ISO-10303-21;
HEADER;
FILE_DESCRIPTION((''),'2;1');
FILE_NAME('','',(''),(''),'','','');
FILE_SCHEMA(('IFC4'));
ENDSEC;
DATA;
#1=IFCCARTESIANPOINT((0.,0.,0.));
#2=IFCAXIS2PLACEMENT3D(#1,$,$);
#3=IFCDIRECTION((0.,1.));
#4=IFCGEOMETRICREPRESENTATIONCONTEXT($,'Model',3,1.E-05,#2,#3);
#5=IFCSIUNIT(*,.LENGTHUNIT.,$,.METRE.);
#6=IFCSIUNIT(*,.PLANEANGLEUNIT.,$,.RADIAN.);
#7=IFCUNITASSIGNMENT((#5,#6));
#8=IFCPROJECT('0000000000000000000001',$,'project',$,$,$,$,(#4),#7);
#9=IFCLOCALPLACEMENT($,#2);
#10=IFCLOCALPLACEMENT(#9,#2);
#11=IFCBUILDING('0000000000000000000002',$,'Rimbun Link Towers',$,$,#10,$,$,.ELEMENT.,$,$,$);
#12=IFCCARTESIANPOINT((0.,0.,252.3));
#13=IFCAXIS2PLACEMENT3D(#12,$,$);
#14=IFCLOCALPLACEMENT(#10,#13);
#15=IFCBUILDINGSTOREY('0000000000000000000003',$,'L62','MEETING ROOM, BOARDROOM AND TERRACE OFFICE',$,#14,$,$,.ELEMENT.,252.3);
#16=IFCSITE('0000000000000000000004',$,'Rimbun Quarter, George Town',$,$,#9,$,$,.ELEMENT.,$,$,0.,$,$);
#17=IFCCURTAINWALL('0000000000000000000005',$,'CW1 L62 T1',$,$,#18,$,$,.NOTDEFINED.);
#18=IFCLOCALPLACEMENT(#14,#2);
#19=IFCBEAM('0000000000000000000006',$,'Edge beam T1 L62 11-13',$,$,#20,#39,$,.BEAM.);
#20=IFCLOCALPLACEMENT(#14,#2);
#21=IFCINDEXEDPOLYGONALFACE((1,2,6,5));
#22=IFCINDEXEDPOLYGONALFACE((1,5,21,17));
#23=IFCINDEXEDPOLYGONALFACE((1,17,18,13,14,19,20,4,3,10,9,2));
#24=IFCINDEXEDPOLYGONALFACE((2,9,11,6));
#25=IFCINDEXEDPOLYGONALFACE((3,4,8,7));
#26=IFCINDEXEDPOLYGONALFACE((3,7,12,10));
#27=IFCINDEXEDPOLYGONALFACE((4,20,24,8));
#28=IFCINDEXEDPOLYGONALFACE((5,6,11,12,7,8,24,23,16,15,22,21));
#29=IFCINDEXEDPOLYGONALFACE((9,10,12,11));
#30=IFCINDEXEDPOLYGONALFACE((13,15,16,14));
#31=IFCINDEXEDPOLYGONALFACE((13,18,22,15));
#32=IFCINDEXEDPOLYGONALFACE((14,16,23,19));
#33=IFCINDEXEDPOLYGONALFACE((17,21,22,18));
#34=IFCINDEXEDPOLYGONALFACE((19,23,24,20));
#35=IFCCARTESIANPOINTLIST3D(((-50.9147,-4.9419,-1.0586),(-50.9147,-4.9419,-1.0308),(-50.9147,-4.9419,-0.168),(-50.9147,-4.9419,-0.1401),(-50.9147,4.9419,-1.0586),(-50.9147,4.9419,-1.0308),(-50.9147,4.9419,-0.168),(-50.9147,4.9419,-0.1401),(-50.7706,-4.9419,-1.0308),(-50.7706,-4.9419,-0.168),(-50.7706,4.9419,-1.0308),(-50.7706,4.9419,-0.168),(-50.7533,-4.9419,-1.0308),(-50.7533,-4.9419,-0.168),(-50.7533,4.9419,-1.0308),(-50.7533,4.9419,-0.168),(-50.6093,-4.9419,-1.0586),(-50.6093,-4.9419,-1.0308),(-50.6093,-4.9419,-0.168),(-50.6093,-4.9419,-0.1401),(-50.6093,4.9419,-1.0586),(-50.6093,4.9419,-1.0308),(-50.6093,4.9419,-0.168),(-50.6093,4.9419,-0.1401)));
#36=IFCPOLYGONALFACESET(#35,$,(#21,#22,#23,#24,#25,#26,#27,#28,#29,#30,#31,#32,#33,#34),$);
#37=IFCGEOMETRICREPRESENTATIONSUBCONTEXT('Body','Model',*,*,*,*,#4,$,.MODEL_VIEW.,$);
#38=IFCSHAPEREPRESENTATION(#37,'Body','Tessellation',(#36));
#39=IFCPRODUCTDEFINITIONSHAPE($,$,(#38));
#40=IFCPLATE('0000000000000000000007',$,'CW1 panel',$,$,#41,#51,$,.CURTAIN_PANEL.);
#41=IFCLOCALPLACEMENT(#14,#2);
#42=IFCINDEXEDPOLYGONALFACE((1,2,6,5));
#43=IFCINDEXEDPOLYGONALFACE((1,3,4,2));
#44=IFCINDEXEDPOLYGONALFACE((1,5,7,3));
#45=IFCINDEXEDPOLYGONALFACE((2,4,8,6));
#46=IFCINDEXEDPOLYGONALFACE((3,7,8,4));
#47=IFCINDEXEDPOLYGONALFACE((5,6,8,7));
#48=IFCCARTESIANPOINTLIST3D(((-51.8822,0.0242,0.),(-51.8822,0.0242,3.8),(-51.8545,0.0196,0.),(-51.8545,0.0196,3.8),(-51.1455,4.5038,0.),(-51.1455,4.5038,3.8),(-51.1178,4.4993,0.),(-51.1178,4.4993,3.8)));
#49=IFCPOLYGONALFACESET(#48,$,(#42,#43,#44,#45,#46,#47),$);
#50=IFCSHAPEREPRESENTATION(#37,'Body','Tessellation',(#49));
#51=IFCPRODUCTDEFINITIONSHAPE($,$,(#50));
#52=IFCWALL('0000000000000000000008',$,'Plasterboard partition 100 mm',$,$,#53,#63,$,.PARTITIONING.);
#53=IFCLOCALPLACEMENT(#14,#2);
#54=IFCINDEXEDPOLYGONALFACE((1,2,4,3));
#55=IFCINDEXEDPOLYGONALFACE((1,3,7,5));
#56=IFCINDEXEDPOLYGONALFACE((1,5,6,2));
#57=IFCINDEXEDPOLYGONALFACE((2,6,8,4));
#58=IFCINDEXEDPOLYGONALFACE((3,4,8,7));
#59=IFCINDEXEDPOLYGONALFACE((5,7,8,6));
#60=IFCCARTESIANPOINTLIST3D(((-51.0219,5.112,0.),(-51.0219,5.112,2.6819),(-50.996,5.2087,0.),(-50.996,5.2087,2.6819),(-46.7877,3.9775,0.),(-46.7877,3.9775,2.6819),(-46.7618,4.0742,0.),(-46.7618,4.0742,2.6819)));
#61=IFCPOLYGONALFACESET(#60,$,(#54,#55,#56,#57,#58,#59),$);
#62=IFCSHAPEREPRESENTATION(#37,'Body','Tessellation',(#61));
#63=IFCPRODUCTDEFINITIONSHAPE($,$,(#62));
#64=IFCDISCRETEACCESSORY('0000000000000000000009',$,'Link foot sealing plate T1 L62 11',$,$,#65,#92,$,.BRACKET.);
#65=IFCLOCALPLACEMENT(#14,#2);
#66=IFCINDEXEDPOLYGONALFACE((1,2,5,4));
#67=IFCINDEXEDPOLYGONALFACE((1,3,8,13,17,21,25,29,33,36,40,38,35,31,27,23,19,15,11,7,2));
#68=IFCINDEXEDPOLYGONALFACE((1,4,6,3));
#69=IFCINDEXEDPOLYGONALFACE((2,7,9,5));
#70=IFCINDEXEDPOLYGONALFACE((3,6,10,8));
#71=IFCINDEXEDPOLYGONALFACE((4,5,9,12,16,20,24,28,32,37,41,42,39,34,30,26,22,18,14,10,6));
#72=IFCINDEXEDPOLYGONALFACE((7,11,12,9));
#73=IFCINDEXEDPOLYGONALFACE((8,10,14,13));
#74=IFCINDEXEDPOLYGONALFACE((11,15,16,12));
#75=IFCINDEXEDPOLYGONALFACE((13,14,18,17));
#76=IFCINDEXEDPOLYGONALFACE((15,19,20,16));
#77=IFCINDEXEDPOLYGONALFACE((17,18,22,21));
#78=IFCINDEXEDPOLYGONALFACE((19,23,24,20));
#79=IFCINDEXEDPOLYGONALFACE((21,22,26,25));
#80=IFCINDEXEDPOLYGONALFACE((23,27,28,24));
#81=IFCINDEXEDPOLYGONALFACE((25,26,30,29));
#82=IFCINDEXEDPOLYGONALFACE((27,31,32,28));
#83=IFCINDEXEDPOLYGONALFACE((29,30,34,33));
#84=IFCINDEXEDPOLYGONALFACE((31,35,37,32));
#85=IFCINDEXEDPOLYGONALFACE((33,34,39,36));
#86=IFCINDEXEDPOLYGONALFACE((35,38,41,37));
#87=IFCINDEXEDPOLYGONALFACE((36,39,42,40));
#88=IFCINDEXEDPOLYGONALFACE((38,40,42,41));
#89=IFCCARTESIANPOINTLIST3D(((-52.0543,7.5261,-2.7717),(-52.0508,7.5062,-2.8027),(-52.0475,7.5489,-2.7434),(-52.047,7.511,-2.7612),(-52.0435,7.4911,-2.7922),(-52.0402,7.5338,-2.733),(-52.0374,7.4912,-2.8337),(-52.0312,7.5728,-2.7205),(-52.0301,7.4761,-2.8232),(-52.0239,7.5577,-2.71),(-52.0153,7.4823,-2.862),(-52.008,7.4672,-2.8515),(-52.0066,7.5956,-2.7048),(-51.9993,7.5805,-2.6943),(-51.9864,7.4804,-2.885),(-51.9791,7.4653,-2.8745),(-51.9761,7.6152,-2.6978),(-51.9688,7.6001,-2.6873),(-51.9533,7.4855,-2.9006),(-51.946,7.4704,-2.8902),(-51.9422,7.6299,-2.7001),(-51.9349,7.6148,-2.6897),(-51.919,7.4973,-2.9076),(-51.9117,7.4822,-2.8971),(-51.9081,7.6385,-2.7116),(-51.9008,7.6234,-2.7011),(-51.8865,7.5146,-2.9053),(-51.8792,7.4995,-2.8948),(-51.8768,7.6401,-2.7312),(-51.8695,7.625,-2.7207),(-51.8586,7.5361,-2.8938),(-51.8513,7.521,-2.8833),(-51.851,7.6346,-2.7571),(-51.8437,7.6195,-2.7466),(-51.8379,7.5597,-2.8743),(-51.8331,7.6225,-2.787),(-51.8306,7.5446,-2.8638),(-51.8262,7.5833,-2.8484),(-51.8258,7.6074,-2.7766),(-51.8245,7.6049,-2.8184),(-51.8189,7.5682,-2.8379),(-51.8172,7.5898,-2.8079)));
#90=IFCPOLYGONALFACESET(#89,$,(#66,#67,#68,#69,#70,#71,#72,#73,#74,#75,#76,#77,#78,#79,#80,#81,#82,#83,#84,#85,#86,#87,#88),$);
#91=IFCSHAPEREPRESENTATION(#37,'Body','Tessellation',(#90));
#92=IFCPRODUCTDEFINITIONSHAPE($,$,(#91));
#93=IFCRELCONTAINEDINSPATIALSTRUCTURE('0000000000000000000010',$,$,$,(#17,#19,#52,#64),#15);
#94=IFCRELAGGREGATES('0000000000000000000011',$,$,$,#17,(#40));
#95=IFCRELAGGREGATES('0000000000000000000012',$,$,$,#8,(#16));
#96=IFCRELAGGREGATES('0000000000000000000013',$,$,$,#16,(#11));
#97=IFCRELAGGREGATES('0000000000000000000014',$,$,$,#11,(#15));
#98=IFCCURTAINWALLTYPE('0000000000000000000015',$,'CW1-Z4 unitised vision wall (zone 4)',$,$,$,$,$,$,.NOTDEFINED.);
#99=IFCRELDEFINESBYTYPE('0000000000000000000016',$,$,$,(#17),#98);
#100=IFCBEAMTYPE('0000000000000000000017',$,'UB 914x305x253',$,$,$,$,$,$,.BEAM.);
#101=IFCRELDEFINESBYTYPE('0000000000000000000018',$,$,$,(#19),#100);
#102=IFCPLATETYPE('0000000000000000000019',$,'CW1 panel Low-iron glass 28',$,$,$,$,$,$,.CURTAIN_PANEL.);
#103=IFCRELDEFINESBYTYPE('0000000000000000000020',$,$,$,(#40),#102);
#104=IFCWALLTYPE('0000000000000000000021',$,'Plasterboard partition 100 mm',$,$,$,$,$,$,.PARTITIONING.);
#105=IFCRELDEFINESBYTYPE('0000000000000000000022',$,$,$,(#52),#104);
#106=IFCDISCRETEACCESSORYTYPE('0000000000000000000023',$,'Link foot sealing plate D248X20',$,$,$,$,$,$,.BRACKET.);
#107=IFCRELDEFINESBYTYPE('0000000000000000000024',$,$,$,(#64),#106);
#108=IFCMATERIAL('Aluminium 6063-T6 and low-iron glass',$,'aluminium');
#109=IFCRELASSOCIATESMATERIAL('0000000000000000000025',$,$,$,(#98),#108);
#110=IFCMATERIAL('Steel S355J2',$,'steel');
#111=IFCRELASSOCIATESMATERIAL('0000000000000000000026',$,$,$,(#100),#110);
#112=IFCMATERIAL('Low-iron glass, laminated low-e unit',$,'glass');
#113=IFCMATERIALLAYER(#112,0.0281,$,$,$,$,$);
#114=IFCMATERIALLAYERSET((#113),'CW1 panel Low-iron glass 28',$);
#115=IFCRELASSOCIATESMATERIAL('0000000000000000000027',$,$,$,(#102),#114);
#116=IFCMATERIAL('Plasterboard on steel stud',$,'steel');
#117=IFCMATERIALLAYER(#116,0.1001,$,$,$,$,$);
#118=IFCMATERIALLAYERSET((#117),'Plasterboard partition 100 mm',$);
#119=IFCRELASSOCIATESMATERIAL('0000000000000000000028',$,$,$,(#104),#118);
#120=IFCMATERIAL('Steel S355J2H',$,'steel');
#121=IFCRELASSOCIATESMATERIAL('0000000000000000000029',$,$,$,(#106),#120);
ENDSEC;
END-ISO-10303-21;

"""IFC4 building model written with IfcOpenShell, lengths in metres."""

from ifc_helpers import new_model, si_unit, direction, frame, frame_2d, origin, origin_2d, place, context, subcontext, project, spatial, rectangle, circle, i_section, extrude, material, layer, layer_set, material_profile, profile_set, type_object, element, aggregate, save


model = new_model("IFC4")

# Units and contexts
model_context = context("Model", 3, precision=1e-05, world=origin(), true_north=direction((0.0, 1.0)))
body_context = subcontext(model_context, "Body", "Model", "MODEL_VIEW")
ifc_project = project(units=[si_unit("LENGTHUNIT", "METRE"), si_unit("PLANEANGLEUNIT", "RADIAN")], contexts=[model_context])

# Site, building, storey
site_placement = place(None, origin())
site = spatial("IfcSite", under=ifc_project, at=site_placement, Name="Rimbun Quarter, George Town", CompositionType="ELEMENT", RefElevation=0.0)
building_placement = place(site_placement, origin())
building = spatial("IfcBuilding", under=site, at=building_placement, Name="Rimbun Link Towers", CompositionType="ELEMENT")
storey_placement = place(building_placement, frame((0.0, 0.0, 252.3)))
storey = spatial("IfcBuildingStorey", under=building, at=storey_placement, Name="L62", Description="MEETING ROOM, BOARDROOM AND TERRACE OFFICE", CompositionType="ELEMENT", Elevation=252.3)

# Curtain wall
ifc_material_1 = material(Name="Aluminium 6063-T6 and low-iron glass", Category="aluminium")
curtain_wall_type = type_object("IfcCurtainWallType", Name="CW1-Z4 unitised vision wall (zone 4)", PredefinedType="NOTDEFINED", material=ifc_material_1)
curtain_wall_placement = place(storey_placement, origin())
curtain_wall = element("IfcCurtainWall", 1, at=curtain_wall_placement, inside=storey, type_object=curtain_wall_type, Name="CW1 L62 T1", PredefinedType="NOTDEFINED")

# Beam
ifc_material_2 = material(Name="Steel S355J2", Category="steel")
ifc_material_profile_1 = material_profile(ifc_material_2, i_section(OverallWidth=0.3054, OverallDepth=0.9185, WebThickness=0.0173, FlangeThickness=0.0278, at=origin_2d()), Name="UB 914x305x253")
ifc_profile_set_1 = profile_set([ifc_material_profile_1], Name="Steel S355J2")
beam_type_1 = type_object("IfcBeamType", Name="UB 914x305x253", PredefinedType="BEAM", material=ifc_profile_set_1)
beam_1_placement = place(storey_placement, frame((-50.762, 4.9419, -0.5994), z_axis=(0.0, -1.0, 0.0), x_axis=(1.0, 0.0, 0.0)))
element("IfcBeam", 2, at=beam_1_placement, inside=storey, type_object=beam_type_1, Name="Edge beam T1 L62 11-13", PredefinedType="BEAM", context=body_context, shape_type="SweptSolid", body=[
    extrude(i_section(OverallWidth=0.3054, OverallDepth=0.9185, WebThickness=0.0173, FlangeThickness=0.0278, at=origin_2d()), origin(), (0.0, 0.0, 1.0), 9.8838),
])

# Plate
ifc_material_3 = material(Name="Low-iron glass, laminated low-e unit", Category="glass")
ifc_layer_1 = layer(ifc_material_3, 0.0281)
ifc_layer_set_1 = layer_set([ifc_layer_1], Name="CW1 panel Low-iron glass 28")
plate_type = type_object("IfcPlateType", Name="CW1 panel Low-iron glass 28", PredefinedType="CURTAIN_PANEL", material=ifc_layer_set_1)
plate_placement = place(storey_placement, frame((-51.5, 2.2617, 0.0), z_axis=(0.0, 0.0, 1.0), x_axis=(0.162262, 0.986748, 0.0)))
plate = element("IfcPlate", 3, at=plate_placement, type_object=plate_type, Name="CW1 panel", PredefinedType="CURTAIN_PANEL", context=body_context, shape_type="SweptSolid", body=[
    extrude(rectangle(XDim=4.5398, YDim=0.0281, at=origin_2d()), origin(), (0.0, 0.0, 1.0), 3.8),
])
aggregate(curtain_wall, [plate])

# Wall
ifc_material_4 = material(Name="Plasterboard on steel stud", Category="steel")
ifc_layer_2 = layer(ifc_material_4, 0.1001)
ifc_layer_set_2 = layer_set([ifc_layer_2], Name="Plasterboard partition 100 mm")
wall_type = type_object("IfcWallType", Name="Plasterboard partition 100 mm", PredefinedType="PARTITIONING", material=ifc_layer_set_2)
wall_placement = place(storey_placement, frame((-51.009, 5.1604, 0.0), z_axis=(0.0, 0.0, 1.0), x_axis=(0.965926, -0.258817, 0.0)))
element("IfcWall", 4, at=wall_placement, inside=storey, type_object=wall_type, Name="Plasterboard partition 100 mm", PredefinedType="PARTITIONING", context=body_context, shape_type="SweptSolid", body=[
    extrude(rectangle(XDim=4.3835, YDim=0.1001, at=frame_2d((2.1919, 0.0))), origin(), (0.0, 0.0, 1.0), 2.6819),
])

# Discrete accessory
ifc_material_5 = material(Name="Steel S355J2H", Category="steel")
ifc_material_profile_2 = material_profile(ifc_material_5, circle(Radius=0.124, at=origin_2d()), Name="PL D248")
ifc_profile_set_2 = profile_set([ifc_material_profile_2], Name="Steel S355J2H")
discrete_accessory_type = type_object("IfcDiscreteAccessoryType", Name="Link foot sealing plate D248X20", PredefinedType="BRACKET", material=ifc_profile_set_2)
discrete_accessory_placement = place(storey_placement, frame((-51.9319, 7.5452, -2.7922), z_axis=(-0.36947, 0.763572, -0.529574), x_axis=(-0.900159, -0.435561, 0.0)))
element("IfcDiscreteAccessory", 5, at=discrete_accessory_placement, inside=storey, type_object=discrete_accessory_type, Name="Link foot sealing plate T1 L62 11", PredefinedType="BRACKET", context=body_context, shape_type="SweptSolid", body=[
    extrude(circle(Radius=0.124, at=origin_2d()), origin(), (0.0, 0.0, 1.0), 0.0198),
])

save(model, "model.ifc")
